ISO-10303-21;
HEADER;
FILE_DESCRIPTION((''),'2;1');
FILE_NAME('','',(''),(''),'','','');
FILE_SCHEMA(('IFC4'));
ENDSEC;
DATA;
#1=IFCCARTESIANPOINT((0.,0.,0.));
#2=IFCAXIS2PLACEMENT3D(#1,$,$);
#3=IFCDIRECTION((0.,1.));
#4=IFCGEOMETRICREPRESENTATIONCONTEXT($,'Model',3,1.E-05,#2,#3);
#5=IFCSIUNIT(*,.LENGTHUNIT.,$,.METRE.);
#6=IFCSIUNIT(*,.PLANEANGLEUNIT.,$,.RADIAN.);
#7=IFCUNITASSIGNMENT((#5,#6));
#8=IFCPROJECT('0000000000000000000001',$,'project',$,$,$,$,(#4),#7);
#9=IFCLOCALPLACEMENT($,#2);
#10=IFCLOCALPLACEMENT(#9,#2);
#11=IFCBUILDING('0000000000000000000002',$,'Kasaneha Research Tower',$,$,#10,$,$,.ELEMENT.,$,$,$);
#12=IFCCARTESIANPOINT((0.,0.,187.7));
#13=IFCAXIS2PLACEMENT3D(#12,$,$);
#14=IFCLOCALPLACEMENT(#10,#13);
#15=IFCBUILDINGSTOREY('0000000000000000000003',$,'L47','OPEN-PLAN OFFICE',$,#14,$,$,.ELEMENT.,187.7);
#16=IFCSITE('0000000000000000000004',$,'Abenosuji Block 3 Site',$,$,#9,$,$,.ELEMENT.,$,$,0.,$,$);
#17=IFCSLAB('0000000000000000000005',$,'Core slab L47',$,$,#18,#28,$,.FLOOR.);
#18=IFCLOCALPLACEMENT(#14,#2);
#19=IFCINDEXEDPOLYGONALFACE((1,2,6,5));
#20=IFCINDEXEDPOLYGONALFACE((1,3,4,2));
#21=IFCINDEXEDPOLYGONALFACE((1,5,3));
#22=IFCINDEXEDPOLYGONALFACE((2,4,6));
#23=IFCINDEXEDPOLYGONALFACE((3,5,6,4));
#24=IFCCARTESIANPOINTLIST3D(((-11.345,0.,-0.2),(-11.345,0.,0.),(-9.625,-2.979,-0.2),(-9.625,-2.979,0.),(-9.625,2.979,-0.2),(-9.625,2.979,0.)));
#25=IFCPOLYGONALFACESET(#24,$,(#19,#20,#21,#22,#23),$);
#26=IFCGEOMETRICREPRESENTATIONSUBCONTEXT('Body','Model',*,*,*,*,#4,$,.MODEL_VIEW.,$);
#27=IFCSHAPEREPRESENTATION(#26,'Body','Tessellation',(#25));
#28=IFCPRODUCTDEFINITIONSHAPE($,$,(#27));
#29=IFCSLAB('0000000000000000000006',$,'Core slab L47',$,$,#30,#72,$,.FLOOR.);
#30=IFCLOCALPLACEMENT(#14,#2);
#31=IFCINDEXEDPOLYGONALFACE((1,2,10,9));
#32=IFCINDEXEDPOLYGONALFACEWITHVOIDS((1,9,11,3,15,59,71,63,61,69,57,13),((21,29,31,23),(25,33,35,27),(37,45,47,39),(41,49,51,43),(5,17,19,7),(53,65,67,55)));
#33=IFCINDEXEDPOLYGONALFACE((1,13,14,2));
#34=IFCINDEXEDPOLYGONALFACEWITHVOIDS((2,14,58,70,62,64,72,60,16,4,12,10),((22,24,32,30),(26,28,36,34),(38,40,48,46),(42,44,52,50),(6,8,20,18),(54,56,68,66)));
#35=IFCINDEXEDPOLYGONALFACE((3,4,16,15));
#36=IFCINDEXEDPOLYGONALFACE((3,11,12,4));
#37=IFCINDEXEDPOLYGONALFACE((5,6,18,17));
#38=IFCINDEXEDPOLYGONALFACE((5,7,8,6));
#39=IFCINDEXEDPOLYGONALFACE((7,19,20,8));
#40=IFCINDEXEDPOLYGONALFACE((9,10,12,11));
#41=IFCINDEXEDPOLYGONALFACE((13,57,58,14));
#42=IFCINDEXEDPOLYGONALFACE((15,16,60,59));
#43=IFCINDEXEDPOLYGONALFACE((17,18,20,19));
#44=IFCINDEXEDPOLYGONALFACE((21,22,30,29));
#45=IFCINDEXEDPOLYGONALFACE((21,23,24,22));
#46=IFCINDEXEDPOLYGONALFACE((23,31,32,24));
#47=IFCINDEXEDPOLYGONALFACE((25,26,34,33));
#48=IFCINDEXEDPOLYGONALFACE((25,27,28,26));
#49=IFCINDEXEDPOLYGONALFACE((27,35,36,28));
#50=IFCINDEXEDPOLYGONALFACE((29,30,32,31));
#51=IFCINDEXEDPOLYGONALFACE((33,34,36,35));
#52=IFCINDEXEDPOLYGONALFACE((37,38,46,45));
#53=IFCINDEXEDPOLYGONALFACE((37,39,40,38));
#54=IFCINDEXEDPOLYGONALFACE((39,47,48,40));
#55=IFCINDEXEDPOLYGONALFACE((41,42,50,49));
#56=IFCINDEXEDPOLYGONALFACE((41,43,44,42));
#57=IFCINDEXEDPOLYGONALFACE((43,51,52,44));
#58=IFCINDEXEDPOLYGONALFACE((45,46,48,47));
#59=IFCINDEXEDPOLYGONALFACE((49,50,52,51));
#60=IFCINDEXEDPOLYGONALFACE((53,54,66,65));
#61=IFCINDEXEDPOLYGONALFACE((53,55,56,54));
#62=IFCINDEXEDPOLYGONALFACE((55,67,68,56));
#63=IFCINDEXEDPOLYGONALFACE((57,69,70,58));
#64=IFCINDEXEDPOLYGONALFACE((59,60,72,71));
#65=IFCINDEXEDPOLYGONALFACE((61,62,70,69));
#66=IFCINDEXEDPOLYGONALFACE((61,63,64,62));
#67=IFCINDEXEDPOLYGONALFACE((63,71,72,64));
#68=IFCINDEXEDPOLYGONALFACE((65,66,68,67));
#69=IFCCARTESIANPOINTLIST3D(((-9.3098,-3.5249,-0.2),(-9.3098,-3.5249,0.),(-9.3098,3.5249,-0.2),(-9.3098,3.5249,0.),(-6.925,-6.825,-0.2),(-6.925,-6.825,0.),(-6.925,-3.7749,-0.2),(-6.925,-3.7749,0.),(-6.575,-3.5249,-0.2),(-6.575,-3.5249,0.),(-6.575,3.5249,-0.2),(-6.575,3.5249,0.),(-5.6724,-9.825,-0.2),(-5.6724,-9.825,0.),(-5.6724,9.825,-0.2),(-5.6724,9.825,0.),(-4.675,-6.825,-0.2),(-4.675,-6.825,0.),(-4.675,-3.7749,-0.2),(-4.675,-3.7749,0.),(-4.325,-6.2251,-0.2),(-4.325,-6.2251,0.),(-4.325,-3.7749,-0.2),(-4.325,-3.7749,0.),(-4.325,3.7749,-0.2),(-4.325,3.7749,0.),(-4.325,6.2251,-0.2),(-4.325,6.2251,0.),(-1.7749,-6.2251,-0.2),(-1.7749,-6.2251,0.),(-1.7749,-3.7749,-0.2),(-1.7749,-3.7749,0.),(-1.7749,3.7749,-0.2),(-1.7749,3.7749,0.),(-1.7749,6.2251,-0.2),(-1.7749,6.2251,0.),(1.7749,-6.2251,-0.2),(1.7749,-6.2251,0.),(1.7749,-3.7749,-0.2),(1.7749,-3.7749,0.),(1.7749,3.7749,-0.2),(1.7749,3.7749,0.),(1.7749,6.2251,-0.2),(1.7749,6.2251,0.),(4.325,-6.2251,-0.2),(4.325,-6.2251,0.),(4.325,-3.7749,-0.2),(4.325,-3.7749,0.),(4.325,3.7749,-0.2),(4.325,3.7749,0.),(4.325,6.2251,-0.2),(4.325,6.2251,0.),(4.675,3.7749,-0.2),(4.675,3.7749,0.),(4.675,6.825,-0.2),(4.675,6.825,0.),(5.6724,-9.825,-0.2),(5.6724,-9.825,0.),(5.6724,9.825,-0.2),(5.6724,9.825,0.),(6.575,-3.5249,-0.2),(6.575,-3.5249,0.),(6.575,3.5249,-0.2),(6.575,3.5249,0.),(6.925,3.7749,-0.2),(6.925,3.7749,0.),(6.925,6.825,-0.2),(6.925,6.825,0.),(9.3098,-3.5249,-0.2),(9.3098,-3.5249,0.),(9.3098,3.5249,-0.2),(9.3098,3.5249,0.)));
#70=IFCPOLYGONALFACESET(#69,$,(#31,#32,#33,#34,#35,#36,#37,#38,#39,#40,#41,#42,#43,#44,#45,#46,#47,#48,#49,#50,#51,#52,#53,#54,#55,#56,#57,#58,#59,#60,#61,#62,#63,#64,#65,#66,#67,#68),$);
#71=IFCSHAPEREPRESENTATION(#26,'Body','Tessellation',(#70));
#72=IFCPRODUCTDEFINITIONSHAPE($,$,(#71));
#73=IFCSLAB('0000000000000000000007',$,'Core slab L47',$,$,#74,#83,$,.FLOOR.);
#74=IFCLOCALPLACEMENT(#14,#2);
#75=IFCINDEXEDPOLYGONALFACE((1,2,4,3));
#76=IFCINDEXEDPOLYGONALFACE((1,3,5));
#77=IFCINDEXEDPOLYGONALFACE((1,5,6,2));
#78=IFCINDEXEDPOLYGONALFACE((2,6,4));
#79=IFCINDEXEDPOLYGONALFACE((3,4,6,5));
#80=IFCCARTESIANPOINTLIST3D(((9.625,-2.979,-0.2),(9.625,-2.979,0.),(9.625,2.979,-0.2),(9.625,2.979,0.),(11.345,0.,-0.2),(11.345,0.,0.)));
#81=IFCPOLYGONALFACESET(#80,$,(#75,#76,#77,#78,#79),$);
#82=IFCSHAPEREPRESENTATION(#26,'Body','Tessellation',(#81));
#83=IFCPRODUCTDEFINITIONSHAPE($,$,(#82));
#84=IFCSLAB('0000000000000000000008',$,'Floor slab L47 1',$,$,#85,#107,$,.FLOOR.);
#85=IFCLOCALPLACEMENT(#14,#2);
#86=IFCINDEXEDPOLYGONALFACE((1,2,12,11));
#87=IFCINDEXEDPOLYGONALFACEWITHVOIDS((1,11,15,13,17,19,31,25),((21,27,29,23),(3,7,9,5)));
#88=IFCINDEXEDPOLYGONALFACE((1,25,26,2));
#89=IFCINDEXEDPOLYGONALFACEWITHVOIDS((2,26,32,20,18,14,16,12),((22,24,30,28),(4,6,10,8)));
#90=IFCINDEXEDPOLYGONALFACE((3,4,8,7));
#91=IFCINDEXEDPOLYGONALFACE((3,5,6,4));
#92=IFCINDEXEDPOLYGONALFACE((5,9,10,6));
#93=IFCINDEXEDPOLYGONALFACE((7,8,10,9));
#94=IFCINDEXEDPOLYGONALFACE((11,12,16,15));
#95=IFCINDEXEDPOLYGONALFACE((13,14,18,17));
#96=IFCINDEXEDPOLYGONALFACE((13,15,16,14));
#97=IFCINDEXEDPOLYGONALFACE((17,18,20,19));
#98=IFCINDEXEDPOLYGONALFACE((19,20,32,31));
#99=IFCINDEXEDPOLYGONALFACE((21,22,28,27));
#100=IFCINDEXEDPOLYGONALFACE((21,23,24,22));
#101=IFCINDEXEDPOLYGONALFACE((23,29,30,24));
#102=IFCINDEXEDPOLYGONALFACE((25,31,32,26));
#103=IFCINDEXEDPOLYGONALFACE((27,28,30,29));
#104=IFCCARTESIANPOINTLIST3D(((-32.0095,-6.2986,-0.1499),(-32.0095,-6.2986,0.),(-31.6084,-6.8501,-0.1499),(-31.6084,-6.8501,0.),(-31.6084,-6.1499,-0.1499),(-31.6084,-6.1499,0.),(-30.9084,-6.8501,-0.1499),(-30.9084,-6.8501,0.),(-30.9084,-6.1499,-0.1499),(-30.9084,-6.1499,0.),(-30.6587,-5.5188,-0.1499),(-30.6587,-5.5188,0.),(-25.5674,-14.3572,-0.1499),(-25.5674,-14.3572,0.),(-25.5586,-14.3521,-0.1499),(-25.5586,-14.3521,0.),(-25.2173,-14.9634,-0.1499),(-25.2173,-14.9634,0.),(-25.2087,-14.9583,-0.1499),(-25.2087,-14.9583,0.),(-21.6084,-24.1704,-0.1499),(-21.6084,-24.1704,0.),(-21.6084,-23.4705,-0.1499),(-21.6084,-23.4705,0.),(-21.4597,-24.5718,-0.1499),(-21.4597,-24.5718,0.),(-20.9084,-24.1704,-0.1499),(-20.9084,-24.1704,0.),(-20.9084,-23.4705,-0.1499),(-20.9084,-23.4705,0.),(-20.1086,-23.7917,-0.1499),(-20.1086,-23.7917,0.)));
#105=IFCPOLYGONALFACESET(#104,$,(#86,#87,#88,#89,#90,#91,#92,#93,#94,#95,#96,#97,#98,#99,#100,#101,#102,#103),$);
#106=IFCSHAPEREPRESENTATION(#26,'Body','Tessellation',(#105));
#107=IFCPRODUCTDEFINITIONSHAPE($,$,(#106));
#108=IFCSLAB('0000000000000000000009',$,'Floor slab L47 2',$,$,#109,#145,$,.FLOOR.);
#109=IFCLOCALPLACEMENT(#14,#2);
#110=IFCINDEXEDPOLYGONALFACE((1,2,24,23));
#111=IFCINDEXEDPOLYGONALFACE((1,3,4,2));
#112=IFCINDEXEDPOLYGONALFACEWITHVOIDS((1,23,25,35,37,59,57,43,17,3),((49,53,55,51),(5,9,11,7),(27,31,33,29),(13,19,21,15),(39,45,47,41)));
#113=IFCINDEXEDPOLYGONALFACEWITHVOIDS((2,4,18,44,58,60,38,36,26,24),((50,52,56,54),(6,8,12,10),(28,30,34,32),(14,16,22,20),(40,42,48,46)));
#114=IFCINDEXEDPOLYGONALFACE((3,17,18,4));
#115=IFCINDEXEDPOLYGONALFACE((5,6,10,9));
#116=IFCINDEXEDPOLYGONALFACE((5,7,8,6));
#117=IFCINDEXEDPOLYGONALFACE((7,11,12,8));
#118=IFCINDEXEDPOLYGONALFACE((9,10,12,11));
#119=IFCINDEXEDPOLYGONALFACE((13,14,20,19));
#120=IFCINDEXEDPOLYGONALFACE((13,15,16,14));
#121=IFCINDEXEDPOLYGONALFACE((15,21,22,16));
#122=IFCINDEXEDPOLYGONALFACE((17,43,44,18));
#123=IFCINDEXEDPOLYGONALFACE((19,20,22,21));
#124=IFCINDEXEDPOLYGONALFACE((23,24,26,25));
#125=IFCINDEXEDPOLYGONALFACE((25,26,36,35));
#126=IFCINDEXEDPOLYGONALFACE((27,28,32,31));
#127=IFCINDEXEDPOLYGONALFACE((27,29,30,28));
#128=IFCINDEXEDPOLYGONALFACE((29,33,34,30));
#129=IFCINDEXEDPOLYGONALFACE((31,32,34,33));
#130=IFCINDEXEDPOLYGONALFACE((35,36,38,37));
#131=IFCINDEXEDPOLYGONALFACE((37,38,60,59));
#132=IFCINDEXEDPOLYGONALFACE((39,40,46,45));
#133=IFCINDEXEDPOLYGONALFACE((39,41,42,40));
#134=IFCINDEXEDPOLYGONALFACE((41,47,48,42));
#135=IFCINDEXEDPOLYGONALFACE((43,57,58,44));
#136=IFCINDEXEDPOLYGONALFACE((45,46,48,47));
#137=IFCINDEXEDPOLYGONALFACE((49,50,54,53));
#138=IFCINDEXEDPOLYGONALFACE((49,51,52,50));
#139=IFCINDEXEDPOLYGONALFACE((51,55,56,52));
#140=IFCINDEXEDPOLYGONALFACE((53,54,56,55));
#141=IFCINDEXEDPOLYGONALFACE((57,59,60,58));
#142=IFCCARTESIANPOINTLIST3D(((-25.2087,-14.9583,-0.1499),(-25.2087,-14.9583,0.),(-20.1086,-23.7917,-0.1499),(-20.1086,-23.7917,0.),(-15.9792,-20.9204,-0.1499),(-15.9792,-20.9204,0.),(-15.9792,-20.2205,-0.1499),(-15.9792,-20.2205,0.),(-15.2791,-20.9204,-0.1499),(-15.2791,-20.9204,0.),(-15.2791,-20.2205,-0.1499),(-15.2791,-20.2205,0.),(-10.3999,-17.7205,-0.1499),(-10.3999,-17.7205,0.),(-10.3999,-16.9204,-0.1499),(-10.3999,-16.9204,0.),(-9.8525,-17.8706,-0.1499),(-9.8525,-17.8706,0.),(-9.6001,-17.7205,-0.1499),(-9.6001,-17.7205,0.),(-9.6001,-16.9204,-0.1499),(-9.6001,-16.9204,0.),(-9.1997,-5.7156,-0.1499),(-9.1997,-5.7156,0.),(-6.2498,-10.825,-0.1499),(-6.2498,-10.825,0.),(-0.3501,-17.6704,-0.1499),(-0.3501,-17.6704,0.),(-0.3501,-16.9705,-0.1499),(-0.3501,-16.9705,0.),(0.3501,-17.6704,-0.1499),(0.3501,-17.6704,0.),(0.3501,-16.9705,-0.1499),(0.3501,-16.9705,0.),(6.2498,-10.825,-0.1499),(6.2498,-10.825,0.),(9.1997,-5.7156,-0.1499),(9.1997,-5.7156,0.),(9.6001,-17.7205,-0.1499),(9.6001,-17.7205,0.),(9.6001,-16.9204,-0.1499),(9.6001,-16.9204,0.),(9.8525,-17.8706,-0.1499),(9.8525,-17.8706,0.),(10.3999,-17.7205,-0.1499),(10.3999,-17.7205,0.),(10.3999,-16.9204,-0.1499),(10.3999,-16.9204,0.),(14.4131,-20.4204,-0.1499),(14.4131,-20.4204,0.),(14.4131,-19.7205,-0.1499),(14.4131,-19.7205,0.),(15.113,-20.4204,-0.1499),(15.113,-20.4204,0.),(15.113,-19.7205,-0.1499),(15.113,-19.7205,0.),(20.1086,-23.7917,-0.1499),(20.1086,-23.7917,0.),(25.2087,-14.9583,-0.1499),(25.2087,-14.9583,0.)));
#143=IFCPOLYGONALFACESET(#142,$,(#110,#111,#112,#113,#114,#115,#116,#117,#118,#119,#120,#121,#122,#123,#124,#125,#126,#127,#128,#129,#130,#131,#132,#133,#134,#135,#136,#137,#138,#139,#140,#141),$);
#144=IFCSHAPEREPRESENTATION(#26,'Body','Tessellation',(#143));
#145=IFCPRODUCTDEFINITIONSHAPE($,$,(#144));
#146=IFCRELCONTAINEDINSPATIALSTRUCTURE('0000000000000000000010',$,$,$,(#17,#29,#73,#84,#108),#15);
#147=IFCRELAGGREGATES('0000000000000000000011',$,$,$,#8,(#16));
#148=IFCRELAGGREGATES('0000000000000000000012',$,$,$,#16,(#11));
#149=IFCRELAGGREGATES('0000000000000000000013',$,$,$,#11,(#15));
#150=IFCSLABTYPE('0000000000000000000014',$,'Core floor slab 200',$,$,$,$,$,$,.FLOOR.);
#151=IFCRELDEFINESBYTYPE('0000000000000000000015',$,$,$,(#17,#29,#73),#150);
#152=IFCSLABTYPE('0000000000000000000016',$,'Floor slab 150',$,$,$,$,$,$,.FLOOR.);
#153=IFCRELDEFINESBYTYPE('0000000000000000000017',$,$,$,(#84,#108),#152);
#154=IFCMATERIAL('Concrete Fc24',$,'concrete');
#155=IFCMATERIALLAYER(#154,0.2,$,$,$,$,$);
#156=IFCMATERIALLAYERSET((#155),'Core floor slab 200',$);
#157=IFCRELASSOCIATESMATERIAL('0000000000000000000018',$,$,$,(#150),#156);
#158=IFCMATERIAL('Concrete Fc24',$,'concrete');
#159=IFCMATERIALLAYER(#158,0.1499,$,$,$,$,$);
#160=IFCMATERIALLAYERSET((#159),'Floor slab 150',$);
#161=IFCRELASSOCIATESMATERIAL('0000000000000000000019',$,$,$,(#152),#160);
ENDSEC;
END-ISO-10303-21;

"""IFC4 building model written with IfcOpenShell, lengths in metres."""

from ifc_helpers import new_model, si_unit, direction, frame, origin, place, context, subcontext, project, spatial, polyline, outline, extrude, material, layer, layer_set, type_object, element, save


model = new_model("IFC4")

# Units and contexts
model_context = context("Model", 3, precision=1e-05, world=origin(), true_north=direction((0.0, 1.0)))
body_context = subcontext(model_context, "Body", "Model", "MODEL_VIEW")
ifc_project = project(units=[si_unit("LENGTHUNIT", "METRE"), si_unit("PLANEANGLEUNIT", "RADIAN")], contexts=[model_context])

# Site, building, storey
site_placement = place(None, origin())
site = spatial("IfcSite", under=ifc_project, at=site_placement, Name="Abenosuji Block 3 Site", CompositionType="ELEMENT", RefElevation=0.0)
building_placement = place(site_placement, origin())
building = spatial("IfcBuilding", under=site, at=building_placement, Name="Kasaneha Research Tower", CompositionType="ELEMENT")
storey_placement = place(building_placement, frame((0.0, 0.0, 187.7)))
storey = spatial("IfcBuildingStorey", under=building, at=storey_placement, Name="L47", Description="OPEN-PLAN OFFICE", CompositionType="ELEMENT", Elevation=187.7)

# Slabs
ifc_material_1 = material(Name="Concrete Fc24", Category="concrete")
ifc_layer_1 = layer(ifc_material_1, 0.2)
ifc_layer_set_1 = layer_set([ifc_layer_1], Name="Core floor slab 200")
slab_type_1 = type_object("IfcSlabType", Name="Core floor slab 200", PredefinedType="FLOOR", material=ifc_layer_set_1)
slab_1_placement = place(storey_placement, frame((0.0, 0.0, -0.2)))
element("IfcSlab", 1, at=slab_1_placement, inside=storey, type_object=slab_type_1, Name="Core slab L47", PredefinedType="FLOOR", context=body_context, shape_type="SweptSolid", body=[
    extrude(outline(polyline([(-11.345, 0.0), (-9.625, 2.979), (-9.625, -2.979), (-11.345, 0.0)])), origin(), (0.0, 0.0, 1.0), 0.2),
])
slab_2_placement = place(storey_placement, frame((0.0, 0.0, -0.2)))
element("IfcSlab", 2, at=slab_2_placement, inside=storey, type_object=slab_type_1, Name="Core slab L47", PredefinedType="FLOOR", context=body_context, shape_type="SweptSolid", body=[
    extrude(outline(polyline([(-5.6724, 9.825), (5.6724, 9.825), (9.3098, 3.5249), (6.575, 3.5249), (6.575, -3.5249), (9.3098, -3.5249), (5.6724, -9.825), (-5.6724, -9.825), (-9.3098, -3.5249), (-6.575, -3.5249), (-6.575, 3.5249), (-9.3098, 3.5249), (-5.6724, 9.825)]), holes=[polyline([(-6.925, -3.7749), (-6.925, -6.825), (-4.675, -6.825), (-4.675, -3.7749), (-6.925, -3.7749)]), polyline([(-4.325, -3.7749), (-4.325, -6.2251), (-1.7749, -6.2251), (-1.7749, -3.7749), (-4.325, -3.7749)]), polyline([(1.7749, -3.7749), (1.7749, -6.2251), (4.325, -6.2251), (4.325, -3.7749), (1.7749, -3.7749)]), polyline([(-4.325, 6.2251), (-4.325, 3.7749), (-1.7749, 3.7749), (-1.7749, 6.2251), (-4.325, 6.2251)]), polyline([(1.7749, 6.2251), (1.7749, 3.7749), (4.325, 3.7749), (4.325, 6.2251), (1.7749, 6.2251)]), polyline([(4.675, 6.825), (4.675, 3.7749), (6.925, 3.7749), (6.925, 6.825), (4.675, 6.825)])]), origin(), (0.0, 0.0, 1.0), 0.2),
])
slab_3_placement = place(storey_placement, frame((0.0, 0.0, -0.2)))
element("IfcSlab", 3, at=slab_3_placement, inside=storey, type_object=slab_type_1, Name="Core slab L47", PredefinedType="FLOOR", context=body_context, shape_type="SweptSolid", body=[
    extrude(outline(polyline([(11.345, 0.0), (9.625, -2.979), (9.625, 2.979), (11.345, 0.0)])), origin(), (0.0, 0.0, 1.0), 0.2),
])
ifc_material_2 = material(Name="Concrete Fc24", Category="concrete")
ifc_layer_2 = layer(ifc_material_2, 0.1499)
ifc_layer_set_2 = layer_set([ifc_layer_2], Name="Floor slab 150")
slab_type_2 = type_object("IfcSlabType", Name="Floor slab 150", PredefinedType="FLOOR", material=ifc_layer_set_2)
slab_4_placement = place(storey_placement, frame((0.0, 0.0, -0.1499)))
element("IfcSlab", 4, at=slab_4_placement, inside=storey, type_object=slab_type_2, Name="Floor slab L47 1", PredefinedType="FLOOR", context=body_context, shape_type="SweptSolid", body=[
    extrude(outline(polyline([(-32.0095, -6.2986), (-30.6587, -5.5188), (-25.5586, -14.3521), (-25.5674, -14.3572), (-25.2173, -14.9634), (-25.2087, -14.9583), (-20.1086, -23.7917), (-21.4597, -24.5718), (-32.0095, -6.2986)]), holes=[polyline([(-20.9084, -24.1704), (-20.9084, -23.4705), (-21.6084, -23.4705), (-21.6084, -24.1704), (-20.9084, -24.1704)]), polyline([(-30.9084, -6.8501), (-30.9084, -6.1499), (-31.6084, -6.1499), (-31.6084, -6.8501), (-30.9084, -6.8501)])]), origin(), (0.0, 0.0, 1.0), 0.1499),
])
slab_5_placement = place(storey_placement, frame((0.0, 0.0, -0.1499)))
element("IfcSlab", 5, at=slab_5_placement, inside=storey, type_object=slab_type_2, Name="Floor slab L47 2", PredefinedType="FLOOR", context=body_context, shape_type="SweptSolid", body=[
    extrude(outline(polyline([(9.8525, -17.8706), (-9.8525, -17.8706), (-20.1086, -23.7917), (-25.2087, -14.9583), (-9.1997, -5.7156), (-6.2498, -10.825), (6.2498, -10.825), (9.1997, -5.7156), (25.2087, -14.9583), (20.1086, -23.7917), (9.8525, -17.8706)]), holes=[polyline([(-15.2791, -20.9204), (-15.2791, -20.2205), (-15.9792, -20.2205), (-15.9792, -20.9204), (-15.2791, -20.9204)]), polyline([(0.3501, -17.6704), (0.3501, -16.9705), (-0.3501, -16.9705), (-0.3501, -17.6704), (0.3501, -17.6704)]), polyline([(-10.3999, -17.7205), (-9.6001, -17.7205), (-9.6001, -16.9204), (-10.3999, -16.9204), (-10.3999, -17.7205)]), polyline([(15.113, -20.4204), (15.113, -19.7205), (14.4131, -19.7205), (14.4131, -20.4204), (15.113, -20.4204)]), polyline([(9.6001, -17.7205), (10.3999, -17.7205), (10.3999, -16.9204), (9.6001, -16.9204), (9.6001, -17.7205)])]), origin(), (0.0, 0.0, 1.0), 0.1499),
])

save(model, "model.ifc")
